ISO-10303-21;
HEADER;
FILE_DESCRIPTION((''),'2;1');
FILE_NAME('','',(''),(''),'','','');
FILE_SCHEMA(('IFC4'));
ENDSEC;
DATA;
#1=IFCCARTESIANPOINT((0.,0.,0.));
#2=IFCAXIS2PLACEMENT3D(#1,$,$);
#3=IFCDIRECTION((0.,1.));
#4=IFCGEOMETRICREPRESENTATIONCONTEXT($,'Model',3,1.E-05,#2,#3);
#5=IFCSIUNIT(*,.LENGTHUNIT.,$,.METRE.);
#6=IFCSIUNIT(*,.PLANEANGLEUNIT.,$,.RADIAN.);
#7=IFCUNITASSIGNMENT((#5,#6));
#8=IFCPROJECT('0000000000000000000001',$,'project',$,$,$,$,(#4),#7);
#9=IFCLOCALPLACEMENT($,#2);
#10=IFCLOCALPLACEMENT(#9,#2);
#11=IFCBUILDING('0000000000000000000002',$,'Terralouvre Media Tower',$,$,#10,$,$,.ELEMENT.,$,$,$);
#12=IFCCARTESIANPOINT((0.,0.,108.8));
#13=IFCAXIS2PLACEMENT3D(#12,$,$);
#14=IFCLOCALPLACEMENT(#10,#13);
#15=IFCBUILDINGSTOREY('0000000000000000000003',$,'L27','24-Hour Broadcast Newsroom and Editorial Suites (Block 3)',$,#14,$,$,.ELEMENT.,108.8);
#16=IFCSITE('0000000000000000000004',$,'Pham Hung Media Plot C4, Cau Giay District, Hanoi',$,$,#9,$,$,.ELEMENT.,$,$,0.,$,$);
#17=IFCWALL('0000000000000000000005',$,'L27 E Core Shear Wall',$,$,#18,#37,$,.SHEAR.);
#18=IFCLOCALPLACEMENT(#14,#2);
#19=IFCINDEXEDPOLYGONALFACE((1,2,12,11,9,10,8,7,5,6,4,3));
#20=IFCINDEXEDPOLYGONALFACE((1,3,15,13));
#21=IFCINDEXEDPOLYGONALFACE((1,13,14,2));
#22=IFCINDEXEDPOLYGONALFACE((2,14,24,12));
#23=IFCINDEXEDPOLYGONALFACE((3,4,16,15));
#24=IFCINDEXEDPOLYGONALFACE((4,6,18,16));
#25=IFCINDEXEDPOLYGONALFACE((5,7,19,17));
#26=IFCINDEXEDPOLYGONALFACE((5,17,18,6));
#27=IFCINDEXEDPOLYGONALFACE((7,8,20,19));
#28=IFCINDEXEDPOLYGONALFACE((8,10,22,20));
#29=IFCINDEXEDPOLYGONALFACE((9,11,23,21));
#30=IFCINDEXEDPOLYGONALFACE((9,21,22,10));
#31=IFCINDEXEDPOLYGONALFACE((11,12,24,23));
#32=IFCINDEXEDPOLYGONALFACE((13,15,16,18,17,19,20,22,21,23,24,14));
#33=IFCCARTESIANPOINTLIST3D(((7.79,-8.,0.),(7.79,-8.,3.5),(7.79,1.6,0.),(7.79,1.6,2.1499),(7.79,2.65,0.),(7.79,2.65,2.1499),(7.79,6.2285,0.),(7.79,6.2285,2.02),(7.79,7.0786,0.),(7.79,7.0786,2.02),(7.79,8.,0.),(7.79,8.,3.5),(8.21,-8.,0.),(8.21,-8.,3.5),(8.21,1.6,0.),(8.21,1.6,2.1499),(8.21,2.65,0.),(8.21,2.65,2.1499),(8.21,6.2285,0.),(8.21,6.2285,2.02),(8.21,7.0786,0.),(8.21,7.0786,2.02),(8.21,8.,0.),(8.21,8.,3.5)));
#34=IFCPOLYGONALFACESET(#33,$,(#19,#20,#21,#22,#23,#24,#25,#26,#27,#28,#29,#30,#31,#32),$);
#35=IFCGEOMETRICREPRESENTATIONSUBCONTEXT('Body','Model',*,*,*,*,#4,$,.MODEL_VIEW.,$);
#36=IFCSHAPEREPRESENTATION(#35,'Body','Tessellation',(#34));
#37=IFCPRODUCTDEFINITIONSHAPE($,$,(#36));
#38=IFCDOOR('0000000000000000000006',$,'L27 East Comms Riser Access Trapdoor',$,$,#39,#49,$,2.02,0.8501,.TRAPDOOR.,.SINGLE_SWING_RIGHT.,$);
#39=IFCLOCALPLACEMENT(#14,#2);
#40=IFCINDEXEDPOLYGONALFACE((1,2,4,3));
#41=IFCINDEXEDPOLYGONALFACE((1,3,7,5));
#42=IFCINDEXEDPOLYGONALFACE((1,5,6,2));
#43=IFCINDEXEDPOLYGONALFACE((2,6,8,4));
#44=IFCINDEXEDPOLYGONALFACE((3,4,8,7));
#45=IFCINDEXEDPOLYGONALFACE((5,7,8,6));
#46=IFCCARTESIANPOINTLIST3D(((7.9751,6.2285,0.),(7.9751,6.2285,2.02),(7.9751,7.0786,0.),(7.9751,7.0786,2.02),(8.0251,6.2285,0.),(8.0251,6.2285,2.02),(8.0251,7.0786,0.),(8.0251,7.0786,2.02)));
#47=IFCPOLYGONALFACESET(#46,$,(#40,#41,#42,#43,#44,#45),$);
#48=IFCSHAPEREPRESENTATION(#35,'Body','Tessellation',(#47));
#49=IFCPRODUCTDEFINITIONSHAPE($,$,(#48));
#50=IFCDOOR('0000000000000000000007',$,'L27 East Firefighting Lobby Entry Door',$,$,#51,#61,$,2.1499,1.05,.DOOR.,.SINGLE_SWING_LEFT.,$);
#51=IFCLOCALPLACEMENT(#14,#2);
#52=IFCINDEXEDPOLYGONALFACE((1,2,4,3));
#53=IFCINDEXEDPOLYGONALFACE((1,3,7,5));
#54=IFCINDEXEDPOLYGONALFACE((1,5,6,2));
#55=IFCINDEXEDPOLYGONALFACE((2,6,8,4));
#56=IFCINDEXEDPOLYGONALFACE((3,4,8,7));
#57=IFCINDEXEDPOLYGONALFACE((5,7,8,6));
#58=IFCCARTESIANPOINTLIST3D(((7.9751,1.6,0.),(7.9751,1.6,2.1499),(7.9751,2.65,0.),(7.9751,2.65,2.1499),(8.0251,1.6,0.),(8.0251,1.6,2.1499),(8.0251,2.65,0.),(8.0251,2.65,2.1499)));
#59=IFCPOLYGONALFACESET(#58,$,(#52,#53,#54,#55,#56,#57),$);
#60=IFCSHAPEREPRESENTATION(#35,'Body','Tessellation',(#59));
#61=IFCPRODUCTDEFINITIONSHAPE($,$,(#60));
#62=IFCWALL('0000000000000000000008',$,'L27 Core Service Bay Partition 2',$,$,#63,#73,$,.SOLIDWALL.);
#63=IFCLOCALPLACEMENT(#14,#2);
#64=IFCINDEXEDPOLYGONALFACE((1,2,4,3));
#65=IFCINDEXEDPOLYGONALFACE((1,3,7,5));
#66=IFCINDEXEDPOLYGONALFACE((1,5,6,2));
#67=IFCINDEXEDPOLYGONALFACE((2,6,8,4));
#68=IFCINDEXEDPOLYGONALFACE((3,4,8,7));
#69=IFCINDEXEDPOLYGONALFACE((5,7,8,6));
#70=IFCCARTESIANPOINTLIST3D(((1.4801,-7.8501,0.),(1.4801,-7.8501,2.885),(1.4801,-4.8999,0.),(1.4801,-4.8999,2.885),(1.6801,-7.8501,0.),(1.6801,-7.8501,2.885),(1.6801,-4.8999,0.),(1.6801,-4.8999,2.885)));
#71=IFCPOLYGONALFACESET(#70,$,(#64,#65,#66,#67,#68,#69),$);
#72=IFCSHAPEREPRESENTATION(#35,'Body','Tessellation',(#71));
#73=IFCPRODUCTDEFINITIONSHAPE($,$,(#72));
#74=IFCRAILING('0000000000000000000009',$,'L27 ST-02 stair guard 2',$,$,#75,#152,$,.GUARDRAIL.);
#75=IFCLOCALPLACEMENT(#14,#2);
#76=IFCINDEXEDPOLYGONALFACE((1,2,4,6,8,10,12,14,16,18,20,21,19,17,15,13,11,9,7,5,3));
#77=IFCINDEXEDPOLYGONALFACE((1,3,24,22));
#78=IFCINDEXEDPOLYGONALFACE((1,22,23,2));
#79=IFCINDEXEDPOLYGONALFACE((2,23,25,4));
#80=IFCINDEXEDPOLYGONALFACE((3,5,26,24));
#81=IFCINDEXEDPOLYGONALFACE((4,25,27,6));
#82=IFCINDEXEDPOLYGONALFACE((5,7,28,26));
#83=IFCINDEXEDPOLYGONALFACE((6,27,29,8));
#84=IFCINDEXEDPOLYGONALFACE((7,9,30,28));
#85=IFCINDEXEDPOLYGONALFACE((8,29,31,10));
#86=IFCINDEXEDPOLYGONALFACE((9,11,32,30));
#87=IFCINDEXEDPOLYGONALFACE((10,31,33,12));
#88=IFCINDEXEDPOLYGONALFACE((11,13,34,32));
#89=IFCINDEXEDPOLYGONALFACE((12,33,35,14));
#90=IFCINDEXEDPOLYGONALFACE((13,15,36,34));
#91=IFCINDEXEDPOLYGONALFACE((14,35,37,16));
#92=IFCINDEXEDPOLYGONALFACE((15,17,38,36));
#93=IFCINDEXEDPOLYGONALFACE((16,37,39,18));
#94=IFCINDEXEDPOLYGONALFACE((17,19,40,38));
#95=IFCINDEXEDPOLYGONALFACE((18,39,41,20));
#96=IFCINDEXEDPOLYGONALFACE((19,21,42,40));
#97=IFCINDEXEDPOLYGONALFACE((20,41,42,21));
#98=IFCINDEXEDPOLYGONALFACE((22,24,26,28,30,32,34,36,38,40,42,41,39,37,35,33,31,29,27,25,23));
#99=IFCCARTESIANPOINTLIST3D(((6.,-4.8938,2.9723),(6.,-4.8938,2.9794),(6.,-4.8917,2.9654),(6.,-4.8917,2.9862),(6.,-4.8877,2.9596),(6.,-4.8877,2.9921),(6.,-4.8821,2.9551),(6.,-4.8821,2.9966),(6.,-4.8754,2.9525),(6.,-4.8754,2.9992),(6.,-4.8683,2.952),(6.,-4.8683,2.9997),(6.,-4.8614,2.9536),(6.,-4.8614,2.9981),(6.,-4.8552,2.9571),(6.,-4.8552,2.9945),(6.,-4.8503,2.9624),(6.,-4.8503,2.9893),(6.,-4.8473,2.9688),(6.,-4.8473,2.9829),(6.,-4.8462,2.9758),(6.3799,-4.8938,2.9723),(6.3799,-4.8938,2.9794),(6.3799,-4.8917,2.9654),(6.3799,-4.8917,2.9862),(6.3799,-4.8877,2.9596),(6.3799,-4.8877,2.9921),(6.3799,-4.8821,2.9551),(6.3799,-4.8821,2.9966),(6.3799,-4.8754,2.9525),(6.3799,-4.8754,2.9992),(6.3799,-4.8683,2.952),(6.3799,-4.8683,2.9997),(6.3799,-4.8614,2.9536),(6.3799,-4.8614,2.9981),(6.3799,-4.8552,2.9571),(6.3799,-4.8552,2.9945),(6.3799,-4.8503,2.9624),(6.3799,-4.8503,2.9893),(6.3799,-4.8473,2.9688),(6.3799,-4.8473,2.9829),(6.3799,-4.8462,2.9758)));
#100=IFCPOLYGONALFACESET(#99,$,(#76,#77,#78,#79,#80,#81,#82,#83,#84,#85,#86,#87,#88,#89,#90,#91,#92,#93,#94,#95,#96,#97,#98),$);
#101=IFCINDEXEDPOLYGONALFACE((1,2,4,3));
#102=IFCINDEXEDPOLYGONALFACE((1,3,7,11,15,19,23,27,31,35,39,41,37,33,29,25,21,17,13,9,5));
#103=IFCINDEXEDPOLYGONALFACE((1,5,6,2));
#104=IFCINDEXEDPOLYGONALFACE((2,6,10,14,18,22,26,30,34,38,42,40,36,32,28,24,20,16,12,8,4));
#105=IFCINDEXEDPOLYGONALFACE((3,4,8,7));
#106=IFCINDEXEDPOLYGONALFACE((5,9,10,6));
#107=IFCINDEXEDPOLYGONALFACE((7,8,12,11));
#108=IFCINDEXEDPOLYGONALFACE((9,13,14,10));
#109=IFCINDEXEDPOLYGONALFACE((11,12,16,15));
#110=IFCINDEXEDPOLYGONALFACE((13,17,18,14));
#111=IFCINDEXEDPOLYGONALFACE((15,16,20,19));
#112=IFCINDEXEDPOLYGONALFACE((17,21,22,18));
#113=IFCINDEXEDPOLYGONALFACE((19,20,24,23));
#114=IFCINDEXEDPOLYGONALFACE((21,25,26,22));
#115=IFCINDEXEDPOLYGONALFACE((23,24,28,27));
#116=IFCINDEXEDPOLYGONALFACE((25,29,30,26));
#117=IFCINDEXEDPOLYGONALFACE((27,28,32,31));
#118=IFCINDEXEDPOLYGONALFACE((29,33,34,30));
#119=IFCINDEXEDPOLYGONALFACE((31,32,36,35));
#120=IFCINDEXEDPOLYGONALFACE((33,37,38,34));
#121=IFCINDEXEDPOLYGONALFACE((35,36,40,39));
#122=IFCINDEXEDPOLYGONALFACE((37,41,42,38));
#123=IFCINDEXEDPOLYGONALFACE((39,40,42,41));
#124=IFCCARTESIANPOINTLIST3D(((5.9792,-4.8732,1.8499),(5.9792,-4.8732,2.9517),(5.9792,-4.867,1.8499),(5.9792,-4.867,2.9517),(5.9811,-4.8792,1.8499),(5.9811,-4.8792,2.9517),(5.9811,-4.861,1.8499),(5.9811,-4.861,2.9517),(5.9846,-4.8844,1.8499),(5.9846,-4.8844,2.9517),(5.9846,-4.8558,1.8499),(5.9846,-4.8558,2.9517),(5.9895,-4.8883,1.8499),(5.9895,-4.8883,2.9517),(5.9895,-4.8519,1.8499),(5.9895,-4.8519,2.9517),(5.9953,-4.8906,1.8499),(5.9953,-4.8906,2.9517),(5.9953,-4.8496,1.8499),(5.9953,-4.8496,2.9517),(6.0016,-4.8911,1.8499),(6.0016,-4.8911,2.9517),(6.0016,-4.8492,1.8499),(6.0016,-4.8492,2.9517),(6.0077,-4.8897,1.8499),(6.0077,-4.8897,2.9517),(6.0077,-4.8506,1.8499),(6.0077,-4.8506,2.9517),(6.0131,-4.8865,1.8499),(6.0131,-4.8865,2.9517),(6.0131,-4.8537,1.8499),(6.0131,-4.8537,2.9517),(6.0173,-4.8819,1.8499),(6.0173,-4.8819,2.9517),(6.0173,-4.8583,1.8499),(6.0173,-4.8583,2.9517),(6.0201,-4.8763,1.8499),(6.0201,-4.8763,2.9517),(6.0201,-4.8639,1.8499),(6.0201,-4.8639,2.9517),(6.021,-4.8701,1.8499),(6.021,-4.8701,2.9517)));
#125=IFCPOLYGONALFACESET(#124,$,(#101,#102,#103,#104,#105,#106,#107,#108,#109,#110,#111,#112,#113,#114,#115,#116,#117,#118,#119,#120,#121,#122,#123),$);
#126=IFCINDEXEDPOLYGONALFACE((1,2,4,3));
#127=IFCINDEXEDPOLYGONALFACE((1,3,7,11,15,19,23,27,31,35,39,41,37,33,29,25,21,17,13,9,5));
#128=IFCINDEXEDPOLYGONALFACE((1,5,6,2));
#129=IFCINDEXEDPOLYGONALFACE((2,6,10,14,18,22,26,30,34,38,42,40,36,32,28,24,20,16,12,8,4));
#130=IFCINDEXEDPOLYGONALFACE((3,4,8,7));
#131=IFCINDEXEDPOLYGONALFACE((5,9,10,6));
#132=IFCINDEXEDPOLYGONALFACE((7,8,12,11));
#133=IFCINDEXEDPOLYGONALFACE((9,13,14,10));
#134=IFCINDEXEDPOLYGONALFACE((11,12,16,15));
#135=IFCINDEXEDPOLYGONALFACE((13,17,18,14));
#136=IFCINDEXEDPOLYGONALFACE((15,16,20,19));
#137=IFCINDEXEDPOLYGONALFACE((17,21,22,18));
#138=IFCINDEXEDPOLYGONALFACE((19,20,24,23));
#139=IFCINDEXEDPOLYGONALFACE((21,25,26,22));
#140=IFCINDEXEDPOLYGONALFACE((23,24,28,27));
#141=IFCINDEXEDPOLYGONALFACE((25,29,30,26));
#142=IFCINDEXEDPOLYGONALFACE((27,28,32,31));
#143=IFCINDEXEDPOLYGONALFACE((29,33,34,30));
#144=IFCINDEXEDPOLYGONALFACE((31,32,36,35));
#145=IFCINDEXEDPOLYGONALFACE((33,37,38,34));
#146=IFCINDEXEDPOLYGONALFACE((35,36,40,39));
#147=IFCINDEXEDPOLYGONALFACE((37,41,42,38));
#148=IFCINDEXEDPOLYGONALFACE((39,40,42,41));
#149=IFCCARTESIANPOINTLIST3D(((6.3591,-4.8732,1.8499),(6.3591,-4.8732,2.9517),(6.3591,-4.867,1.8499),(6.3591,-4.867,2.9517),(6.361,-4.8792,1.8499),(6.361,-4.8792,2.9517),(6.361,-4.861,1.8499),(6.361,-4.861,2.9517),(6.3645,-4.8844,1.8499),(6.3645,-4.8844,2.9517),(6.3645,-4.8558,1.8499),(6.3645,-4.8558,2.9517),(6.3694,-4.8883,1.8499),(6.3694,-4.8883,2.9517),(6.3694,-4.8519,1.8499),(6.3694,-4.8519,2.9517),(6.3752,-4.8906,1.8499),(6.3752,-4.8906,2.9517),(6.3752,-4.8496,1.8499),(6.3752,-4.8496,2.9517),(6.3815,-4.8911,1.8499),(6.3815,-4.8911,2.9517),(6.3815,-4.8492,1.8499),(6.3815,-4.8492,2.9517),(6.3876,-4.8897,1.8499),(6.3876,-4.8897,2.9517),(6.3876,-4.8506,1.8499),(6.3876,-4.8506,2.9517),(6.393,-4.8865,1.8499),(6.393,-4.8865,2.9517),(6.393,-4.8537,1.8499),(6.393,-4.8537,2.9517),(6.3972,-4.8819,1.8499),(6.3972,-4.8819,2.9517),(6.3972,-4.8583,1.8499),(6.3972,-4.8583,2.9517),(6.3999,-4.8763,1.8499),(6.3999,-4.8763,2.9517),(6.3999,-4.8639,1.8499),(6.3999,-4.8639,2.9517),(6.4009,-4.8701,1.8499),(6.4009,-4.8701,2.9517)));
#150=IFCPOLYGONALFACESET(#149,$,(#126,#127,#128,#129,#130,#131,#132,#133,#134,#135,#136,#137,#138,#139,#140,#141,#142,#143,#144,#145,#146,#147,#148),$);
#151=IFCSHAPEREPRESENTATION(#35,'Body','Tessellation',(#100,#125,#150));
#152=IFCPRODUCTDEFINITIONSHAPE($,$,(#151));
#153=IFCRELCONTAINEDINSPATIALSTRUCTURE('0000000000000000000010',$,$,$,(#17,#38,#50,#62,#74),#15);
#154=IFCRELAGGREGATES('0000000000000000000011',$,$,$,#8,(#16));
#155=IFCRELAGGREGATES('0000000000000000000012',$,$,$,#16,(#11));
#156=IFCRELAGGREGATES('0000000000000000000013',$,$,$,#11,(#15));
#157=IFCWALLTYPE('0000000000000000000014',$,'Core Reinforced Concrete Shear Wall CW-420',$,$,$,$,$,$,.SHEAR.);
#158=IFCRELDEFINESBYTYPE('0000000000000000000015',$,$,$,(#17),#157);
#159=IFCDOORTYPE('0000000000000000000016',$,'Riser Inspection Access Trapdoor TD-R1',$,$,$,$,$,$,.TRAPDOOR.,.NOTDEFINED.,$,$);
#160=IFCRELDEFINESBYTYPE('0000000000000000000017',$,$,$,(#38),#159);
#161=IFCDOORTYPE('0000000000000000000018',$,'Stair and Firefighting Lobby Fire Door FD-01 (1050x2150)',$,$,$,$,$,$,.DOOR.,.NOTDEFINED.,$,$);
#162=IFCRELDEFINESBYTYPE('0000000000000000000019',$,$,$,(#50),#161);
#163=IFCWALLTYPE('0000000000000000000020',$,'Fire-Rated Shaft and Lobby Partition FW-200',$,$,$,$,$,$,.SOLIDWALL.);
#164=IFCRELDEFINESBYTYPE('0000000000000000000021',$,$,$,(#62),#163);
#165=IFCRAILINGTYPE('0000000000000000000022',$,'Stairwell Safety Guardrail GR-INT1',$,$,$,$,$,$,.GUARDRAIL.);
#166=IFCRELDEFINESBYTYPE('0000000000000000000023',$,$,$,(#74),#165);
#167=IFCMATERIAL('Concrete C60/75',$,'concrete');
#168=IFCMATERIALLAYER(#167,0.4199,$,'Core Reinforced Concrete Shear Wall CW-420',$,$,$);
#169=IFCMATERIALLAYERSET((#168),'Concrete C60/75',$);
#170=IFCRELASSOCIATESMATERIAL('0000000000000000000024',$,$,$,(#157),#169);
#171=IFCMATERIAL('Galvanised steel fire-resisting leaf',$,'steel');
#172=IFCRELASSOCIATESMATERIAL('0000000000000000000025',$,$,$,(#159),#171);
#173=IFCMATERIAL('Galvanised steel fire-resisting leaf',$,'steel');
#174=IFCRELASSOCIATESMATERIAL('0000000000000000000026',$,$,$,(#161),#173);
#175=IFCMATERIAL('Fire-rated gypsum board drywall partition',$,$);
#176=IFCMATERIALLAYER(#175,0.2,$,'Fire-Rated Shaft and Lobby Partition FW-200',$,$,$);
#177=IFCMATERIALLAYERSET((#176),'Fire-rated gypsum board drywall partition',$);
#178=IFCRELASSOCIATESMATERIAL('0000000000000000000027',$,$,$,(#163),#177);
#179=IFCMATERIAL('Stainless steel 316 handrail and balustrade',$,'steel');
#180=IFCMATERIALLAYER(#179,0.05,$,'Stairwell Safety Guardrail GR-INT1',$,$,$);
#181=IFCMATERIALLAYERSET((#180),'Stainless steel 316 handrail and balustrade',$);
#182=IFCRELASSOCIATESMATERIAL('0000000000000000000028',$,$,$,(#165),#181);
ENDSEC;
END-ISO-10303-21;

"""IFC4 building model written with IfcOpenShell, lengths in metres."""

from ifc_helpers import new_model, si_unit, direction, frame, frame_2d, origin, origin_2d, place, context, subcontext, project, spatial, rectangle, circle, extrude, material, layer, layer_set, type_object, element, fill, save


model = new_model("IFC4")

# Units and contexts
model_context = context("Model", 3, precision=1e-05, world=origin(), true_north=direction((0.0, 1.0)))
body_context = subcontext(model_context, "Body", "Model", "MODEL_VIEW")
ifc_project = project(units=[si_unit("LENGTHUNIT", "METRE"), si_unit("PLANEANGLEUNIT", "RADIAN")], contexts=[model_context])

# Site, building, storey
site_placement = place(None, origin())
site = spatial("IfcSite", under=ifc_project, at=site_placement, Name="Pham Hung Media Plot C4, Cau Giay District, Hanoi", CompositionType="ELEMENT", RefElevation=0.0)
building_placement = place(site_placement, origin())
building = spatial("IfcBuilding", under=site, at=building_placement, Name="Terralouvre Media Tower", CompositionType="ELEMENT")
storey_placement = place(building_placement, frame((0.0, 0.0, 108.8)))
storey = spatial("IfcBuildingStorey", under=building, at=storey_placement, Name="L27", Description="24-Hour Broadcast Newsroom and Editorial Suites (Block 3)", CompositionType="ELEMENT", Elevation=108.8)

# Wall, openings, doors
ifc_material_1 = material(Name="Concrete C60/75", Category="concrete")
ifc_layer_1 = layer(ifc_material_1, 0.4199, Name="Core Reinforced Concrete Shear Wall CW-420")
ifc_layer_set_1 = layer_set([ifc_layer_1], Name="Concrete C60/75")
wall_type_1 = type_object("IfcWallType", Name="Core Reinforced Concrete Shear Wall CW-420", PredefinedType="SHEAR", material=ifc_layer_set_1)
wall_1_placement = place(storey_placement, frame((8.0, -8.0, 0.0), z_axis=(0.0, 0.0, 1.0), x_axis=(0.0, 1.0, 0.0)))
wall_1 = element("IfcWall", 1, at=wall_1_placement, inside=storey, type_object=wall_type_1, Name="L27 E Core Shear Wall", PredefinedType="SHEAR", context=body_context, shape_type="SweptSolid", body=[
    extrude(rectangle(XDim=16.0, YDim=0.4199, at=frame_2d((8.0, 0.0))), origin(), (0.0, 0.0, 1.0), 3.5),
])
opening_1_placement = place(wall_1_placement, frame((9.6001, 0.0, 0.0)))
opening_1 = element("IfcOpeningElement", 2, at=opening_1_placement, cuts=wall_1, PredefinedType="OPENING", context=body_context, shape_type="SweptSolid", body=[
    extrude(rectangle(XDim=1.05, YDim=2.1499, at=frame_2d((0.5249, 1.075))), frame((0.0, 0.22, 0.0), z_axis=(0.0, -1.0, 0.0), x_axis=(1.0, 0.0, 0.0)), (0.0, 0.0, 1.0), 0.4399),
])
opening_2_placement = place(wall_1_placement, frame((14.2285, 0.0, 0.0)))
opening_2 = element("IfcOpeningElement", 3, at=opening_2_placement, cuts=wall_1, PredefinedType="OPENING", context=body_context, shape_type="SweptSolid", body=[
    extrude(rectangle(XDim=0.8501, YDim=2.02, at=frame_2d((0.425, 1.01))), frame((0.0, 0.22, 0.0), z_axis=(0.0, -1.0, 0.0), x_axis=(1.0, 0.0, 0.0)), (0.0, 0.0, 1.0), 0.4399),
])
ifc_material_2 = material(Name="Galvanised steel fire-resisting leaf", Category="steel")
door_type_1 = type_object("IfcDoorType", Name="Riser Inspection Access Trapdoor TD-R1", OperationType="NOTDEFINED", PredefinedType="TRAPDOOR", material=ifc_material_2)
door_1_placement = place(opening_2_placement, origin())
door_1 = element("IfcDoor", 4, at=door_1_placement, inside=storey, type_object=door_type_1, Name="L27 East Comms Riser Access Trapdoor", OperationType="SINGLE_SWING_RIGHT", OverallHeight=2.02, OverallWidth=0.8501, PredefinedType="TRAPDOOR", context=body_context, shape_type="SweptSolid", body=[
    extrude(rectangle(XDim=0.8501, YDim=2.02, at=frame_2d((0.425, 1.01))), frame((0.0, 0.0249, 0.0), z_axis=(0.0, -1.0, 0.0), x_axis=(1.0, 0.0, 0.0)), (0.0, 0.0, 1.0), 0.05),
])
fill(opening_2, door_1)
ifc_material_3 = material(Name="Galvanised steel fire-resisting leaf", Category="steel")
door_type_2 = type_object("IfcDoorType", Name="Stair and Firefighting Lobby Fire Door FD-01 (1050x2150)", OperationType="NOTDEFINED", PredefinedType="DOOR", material=ifc_material_3)
door_2_placement = place(opening_1_placement, origin())
door_2 = element("IfcDoor", 5, at=door_2_placement, inside=storey, type_object=door_type_2, Name="L27 East Firefighting Lobby Entry Door", OperationType="SINGLE_SWING_LEFT", OverallHeight=2.1499, OverallWidth=1.05, PredefinedType="DOOR", context=body_context, shape_type="SweptSolid", body=[
    extrude(rectangle(XDim=1.05, YDim=2.1499, at=frame_2d((0.5249, 1.075))), frame((0.0, 0.0249, 0.0), z_axis=(0.0, -1.0, 0.0), x_axis=(1.0, 0.0, 0.0)), (0.0, 0.0, 1.0), 0.05),
])
fill(opening_1, door_2)

# Wall
ifc_material_4 = material(Name="Fire-rated gypsum board drywall partition")
ifc_layer_2 = layer(ifc_material_4, 0.2, Name="Fire-Rated Shaft and Lobby Partition FW-200")
ifc_layer_set_2 = layer_set([ifc_layer_2], Name="Fire-rated gypsum board drywall partition")
wall_type_2 = type_object("IfcWallType", Name="Fire-Rated Shaft and Lobby Partition FW-200", PredefinedType="SOLIDWALL", material=ifc_layer_set_2)
wall_2_placement = place(storey_placement, frame((1.5801, -7.8501, 0.0), z_axis=(0.0, 0.0, 1.0), x_axis=(0.0, 1.0, 0.0)))
element("IfcWall", 6, at=wall_2_placement, inside=storey, type_object=wall_type_2, Name="L27 Core Service Bay Partition 2", PredefinedType="SOLIDWALL", context=body_context, shape_type="SweptSolid", body=[
    extrude(rectangle(XDim=2.9502, YDim=0.2, at=frame_2d((1.4751, 0.0))), origin(), (0.0, 0.0, 1.0), 2.885),
])

# Railing
ifc_material_5 = material(Name="Stainless steel 316 handrail and balustrade", Category="steel")
ifc_layer_3 = layer(ifc_material_5, 0.05, Name="Stairwell Safety Guardrail GR-INT1")
ifc_layer_set_3 = layer_set([ifc_layer_3], Name="Stainless steel 316 handrail and balustrade")
railing_type = type_object("IfcRailingType", Name="Stairwell Safety Guardrail GR-INT1", PredefinedType="GUARDRAIL", material=ifc_layer_set_3)
railing_placement = place(storey_placement, frame((6.0, -4.8701, 1.8499)))
element("IfcRailing", 7, at=railing_placement, inside=storey, type_object=railing_type, Name="L27 ST-02 stair guard 2", PredefinedType="GUARDRAIL", context=body_context, shape_type="SweptSolid", body=[
    extrude(circle(Radius=0.0239, at=origin_2d()), frame((0.0, 0.0, 1.126), z_axis=(1.0, 0.0, 0.0), x_axis=(0.0, 1.0, 0.0)), (0.0, 0.0, 1.0), 0.3799),
    extrude(circle(Radius=0.021, at=origin_2d()), origin(), (0.0, 0.0, 1.0), 1.1018),
    extrude(circle(Radius=0.021, at=origin_2d()), frame((0.3799, 0.0, 0.0)), (0.0, 0.0, 1.0), 1.1018),
])

save(model, "model.ifc")
